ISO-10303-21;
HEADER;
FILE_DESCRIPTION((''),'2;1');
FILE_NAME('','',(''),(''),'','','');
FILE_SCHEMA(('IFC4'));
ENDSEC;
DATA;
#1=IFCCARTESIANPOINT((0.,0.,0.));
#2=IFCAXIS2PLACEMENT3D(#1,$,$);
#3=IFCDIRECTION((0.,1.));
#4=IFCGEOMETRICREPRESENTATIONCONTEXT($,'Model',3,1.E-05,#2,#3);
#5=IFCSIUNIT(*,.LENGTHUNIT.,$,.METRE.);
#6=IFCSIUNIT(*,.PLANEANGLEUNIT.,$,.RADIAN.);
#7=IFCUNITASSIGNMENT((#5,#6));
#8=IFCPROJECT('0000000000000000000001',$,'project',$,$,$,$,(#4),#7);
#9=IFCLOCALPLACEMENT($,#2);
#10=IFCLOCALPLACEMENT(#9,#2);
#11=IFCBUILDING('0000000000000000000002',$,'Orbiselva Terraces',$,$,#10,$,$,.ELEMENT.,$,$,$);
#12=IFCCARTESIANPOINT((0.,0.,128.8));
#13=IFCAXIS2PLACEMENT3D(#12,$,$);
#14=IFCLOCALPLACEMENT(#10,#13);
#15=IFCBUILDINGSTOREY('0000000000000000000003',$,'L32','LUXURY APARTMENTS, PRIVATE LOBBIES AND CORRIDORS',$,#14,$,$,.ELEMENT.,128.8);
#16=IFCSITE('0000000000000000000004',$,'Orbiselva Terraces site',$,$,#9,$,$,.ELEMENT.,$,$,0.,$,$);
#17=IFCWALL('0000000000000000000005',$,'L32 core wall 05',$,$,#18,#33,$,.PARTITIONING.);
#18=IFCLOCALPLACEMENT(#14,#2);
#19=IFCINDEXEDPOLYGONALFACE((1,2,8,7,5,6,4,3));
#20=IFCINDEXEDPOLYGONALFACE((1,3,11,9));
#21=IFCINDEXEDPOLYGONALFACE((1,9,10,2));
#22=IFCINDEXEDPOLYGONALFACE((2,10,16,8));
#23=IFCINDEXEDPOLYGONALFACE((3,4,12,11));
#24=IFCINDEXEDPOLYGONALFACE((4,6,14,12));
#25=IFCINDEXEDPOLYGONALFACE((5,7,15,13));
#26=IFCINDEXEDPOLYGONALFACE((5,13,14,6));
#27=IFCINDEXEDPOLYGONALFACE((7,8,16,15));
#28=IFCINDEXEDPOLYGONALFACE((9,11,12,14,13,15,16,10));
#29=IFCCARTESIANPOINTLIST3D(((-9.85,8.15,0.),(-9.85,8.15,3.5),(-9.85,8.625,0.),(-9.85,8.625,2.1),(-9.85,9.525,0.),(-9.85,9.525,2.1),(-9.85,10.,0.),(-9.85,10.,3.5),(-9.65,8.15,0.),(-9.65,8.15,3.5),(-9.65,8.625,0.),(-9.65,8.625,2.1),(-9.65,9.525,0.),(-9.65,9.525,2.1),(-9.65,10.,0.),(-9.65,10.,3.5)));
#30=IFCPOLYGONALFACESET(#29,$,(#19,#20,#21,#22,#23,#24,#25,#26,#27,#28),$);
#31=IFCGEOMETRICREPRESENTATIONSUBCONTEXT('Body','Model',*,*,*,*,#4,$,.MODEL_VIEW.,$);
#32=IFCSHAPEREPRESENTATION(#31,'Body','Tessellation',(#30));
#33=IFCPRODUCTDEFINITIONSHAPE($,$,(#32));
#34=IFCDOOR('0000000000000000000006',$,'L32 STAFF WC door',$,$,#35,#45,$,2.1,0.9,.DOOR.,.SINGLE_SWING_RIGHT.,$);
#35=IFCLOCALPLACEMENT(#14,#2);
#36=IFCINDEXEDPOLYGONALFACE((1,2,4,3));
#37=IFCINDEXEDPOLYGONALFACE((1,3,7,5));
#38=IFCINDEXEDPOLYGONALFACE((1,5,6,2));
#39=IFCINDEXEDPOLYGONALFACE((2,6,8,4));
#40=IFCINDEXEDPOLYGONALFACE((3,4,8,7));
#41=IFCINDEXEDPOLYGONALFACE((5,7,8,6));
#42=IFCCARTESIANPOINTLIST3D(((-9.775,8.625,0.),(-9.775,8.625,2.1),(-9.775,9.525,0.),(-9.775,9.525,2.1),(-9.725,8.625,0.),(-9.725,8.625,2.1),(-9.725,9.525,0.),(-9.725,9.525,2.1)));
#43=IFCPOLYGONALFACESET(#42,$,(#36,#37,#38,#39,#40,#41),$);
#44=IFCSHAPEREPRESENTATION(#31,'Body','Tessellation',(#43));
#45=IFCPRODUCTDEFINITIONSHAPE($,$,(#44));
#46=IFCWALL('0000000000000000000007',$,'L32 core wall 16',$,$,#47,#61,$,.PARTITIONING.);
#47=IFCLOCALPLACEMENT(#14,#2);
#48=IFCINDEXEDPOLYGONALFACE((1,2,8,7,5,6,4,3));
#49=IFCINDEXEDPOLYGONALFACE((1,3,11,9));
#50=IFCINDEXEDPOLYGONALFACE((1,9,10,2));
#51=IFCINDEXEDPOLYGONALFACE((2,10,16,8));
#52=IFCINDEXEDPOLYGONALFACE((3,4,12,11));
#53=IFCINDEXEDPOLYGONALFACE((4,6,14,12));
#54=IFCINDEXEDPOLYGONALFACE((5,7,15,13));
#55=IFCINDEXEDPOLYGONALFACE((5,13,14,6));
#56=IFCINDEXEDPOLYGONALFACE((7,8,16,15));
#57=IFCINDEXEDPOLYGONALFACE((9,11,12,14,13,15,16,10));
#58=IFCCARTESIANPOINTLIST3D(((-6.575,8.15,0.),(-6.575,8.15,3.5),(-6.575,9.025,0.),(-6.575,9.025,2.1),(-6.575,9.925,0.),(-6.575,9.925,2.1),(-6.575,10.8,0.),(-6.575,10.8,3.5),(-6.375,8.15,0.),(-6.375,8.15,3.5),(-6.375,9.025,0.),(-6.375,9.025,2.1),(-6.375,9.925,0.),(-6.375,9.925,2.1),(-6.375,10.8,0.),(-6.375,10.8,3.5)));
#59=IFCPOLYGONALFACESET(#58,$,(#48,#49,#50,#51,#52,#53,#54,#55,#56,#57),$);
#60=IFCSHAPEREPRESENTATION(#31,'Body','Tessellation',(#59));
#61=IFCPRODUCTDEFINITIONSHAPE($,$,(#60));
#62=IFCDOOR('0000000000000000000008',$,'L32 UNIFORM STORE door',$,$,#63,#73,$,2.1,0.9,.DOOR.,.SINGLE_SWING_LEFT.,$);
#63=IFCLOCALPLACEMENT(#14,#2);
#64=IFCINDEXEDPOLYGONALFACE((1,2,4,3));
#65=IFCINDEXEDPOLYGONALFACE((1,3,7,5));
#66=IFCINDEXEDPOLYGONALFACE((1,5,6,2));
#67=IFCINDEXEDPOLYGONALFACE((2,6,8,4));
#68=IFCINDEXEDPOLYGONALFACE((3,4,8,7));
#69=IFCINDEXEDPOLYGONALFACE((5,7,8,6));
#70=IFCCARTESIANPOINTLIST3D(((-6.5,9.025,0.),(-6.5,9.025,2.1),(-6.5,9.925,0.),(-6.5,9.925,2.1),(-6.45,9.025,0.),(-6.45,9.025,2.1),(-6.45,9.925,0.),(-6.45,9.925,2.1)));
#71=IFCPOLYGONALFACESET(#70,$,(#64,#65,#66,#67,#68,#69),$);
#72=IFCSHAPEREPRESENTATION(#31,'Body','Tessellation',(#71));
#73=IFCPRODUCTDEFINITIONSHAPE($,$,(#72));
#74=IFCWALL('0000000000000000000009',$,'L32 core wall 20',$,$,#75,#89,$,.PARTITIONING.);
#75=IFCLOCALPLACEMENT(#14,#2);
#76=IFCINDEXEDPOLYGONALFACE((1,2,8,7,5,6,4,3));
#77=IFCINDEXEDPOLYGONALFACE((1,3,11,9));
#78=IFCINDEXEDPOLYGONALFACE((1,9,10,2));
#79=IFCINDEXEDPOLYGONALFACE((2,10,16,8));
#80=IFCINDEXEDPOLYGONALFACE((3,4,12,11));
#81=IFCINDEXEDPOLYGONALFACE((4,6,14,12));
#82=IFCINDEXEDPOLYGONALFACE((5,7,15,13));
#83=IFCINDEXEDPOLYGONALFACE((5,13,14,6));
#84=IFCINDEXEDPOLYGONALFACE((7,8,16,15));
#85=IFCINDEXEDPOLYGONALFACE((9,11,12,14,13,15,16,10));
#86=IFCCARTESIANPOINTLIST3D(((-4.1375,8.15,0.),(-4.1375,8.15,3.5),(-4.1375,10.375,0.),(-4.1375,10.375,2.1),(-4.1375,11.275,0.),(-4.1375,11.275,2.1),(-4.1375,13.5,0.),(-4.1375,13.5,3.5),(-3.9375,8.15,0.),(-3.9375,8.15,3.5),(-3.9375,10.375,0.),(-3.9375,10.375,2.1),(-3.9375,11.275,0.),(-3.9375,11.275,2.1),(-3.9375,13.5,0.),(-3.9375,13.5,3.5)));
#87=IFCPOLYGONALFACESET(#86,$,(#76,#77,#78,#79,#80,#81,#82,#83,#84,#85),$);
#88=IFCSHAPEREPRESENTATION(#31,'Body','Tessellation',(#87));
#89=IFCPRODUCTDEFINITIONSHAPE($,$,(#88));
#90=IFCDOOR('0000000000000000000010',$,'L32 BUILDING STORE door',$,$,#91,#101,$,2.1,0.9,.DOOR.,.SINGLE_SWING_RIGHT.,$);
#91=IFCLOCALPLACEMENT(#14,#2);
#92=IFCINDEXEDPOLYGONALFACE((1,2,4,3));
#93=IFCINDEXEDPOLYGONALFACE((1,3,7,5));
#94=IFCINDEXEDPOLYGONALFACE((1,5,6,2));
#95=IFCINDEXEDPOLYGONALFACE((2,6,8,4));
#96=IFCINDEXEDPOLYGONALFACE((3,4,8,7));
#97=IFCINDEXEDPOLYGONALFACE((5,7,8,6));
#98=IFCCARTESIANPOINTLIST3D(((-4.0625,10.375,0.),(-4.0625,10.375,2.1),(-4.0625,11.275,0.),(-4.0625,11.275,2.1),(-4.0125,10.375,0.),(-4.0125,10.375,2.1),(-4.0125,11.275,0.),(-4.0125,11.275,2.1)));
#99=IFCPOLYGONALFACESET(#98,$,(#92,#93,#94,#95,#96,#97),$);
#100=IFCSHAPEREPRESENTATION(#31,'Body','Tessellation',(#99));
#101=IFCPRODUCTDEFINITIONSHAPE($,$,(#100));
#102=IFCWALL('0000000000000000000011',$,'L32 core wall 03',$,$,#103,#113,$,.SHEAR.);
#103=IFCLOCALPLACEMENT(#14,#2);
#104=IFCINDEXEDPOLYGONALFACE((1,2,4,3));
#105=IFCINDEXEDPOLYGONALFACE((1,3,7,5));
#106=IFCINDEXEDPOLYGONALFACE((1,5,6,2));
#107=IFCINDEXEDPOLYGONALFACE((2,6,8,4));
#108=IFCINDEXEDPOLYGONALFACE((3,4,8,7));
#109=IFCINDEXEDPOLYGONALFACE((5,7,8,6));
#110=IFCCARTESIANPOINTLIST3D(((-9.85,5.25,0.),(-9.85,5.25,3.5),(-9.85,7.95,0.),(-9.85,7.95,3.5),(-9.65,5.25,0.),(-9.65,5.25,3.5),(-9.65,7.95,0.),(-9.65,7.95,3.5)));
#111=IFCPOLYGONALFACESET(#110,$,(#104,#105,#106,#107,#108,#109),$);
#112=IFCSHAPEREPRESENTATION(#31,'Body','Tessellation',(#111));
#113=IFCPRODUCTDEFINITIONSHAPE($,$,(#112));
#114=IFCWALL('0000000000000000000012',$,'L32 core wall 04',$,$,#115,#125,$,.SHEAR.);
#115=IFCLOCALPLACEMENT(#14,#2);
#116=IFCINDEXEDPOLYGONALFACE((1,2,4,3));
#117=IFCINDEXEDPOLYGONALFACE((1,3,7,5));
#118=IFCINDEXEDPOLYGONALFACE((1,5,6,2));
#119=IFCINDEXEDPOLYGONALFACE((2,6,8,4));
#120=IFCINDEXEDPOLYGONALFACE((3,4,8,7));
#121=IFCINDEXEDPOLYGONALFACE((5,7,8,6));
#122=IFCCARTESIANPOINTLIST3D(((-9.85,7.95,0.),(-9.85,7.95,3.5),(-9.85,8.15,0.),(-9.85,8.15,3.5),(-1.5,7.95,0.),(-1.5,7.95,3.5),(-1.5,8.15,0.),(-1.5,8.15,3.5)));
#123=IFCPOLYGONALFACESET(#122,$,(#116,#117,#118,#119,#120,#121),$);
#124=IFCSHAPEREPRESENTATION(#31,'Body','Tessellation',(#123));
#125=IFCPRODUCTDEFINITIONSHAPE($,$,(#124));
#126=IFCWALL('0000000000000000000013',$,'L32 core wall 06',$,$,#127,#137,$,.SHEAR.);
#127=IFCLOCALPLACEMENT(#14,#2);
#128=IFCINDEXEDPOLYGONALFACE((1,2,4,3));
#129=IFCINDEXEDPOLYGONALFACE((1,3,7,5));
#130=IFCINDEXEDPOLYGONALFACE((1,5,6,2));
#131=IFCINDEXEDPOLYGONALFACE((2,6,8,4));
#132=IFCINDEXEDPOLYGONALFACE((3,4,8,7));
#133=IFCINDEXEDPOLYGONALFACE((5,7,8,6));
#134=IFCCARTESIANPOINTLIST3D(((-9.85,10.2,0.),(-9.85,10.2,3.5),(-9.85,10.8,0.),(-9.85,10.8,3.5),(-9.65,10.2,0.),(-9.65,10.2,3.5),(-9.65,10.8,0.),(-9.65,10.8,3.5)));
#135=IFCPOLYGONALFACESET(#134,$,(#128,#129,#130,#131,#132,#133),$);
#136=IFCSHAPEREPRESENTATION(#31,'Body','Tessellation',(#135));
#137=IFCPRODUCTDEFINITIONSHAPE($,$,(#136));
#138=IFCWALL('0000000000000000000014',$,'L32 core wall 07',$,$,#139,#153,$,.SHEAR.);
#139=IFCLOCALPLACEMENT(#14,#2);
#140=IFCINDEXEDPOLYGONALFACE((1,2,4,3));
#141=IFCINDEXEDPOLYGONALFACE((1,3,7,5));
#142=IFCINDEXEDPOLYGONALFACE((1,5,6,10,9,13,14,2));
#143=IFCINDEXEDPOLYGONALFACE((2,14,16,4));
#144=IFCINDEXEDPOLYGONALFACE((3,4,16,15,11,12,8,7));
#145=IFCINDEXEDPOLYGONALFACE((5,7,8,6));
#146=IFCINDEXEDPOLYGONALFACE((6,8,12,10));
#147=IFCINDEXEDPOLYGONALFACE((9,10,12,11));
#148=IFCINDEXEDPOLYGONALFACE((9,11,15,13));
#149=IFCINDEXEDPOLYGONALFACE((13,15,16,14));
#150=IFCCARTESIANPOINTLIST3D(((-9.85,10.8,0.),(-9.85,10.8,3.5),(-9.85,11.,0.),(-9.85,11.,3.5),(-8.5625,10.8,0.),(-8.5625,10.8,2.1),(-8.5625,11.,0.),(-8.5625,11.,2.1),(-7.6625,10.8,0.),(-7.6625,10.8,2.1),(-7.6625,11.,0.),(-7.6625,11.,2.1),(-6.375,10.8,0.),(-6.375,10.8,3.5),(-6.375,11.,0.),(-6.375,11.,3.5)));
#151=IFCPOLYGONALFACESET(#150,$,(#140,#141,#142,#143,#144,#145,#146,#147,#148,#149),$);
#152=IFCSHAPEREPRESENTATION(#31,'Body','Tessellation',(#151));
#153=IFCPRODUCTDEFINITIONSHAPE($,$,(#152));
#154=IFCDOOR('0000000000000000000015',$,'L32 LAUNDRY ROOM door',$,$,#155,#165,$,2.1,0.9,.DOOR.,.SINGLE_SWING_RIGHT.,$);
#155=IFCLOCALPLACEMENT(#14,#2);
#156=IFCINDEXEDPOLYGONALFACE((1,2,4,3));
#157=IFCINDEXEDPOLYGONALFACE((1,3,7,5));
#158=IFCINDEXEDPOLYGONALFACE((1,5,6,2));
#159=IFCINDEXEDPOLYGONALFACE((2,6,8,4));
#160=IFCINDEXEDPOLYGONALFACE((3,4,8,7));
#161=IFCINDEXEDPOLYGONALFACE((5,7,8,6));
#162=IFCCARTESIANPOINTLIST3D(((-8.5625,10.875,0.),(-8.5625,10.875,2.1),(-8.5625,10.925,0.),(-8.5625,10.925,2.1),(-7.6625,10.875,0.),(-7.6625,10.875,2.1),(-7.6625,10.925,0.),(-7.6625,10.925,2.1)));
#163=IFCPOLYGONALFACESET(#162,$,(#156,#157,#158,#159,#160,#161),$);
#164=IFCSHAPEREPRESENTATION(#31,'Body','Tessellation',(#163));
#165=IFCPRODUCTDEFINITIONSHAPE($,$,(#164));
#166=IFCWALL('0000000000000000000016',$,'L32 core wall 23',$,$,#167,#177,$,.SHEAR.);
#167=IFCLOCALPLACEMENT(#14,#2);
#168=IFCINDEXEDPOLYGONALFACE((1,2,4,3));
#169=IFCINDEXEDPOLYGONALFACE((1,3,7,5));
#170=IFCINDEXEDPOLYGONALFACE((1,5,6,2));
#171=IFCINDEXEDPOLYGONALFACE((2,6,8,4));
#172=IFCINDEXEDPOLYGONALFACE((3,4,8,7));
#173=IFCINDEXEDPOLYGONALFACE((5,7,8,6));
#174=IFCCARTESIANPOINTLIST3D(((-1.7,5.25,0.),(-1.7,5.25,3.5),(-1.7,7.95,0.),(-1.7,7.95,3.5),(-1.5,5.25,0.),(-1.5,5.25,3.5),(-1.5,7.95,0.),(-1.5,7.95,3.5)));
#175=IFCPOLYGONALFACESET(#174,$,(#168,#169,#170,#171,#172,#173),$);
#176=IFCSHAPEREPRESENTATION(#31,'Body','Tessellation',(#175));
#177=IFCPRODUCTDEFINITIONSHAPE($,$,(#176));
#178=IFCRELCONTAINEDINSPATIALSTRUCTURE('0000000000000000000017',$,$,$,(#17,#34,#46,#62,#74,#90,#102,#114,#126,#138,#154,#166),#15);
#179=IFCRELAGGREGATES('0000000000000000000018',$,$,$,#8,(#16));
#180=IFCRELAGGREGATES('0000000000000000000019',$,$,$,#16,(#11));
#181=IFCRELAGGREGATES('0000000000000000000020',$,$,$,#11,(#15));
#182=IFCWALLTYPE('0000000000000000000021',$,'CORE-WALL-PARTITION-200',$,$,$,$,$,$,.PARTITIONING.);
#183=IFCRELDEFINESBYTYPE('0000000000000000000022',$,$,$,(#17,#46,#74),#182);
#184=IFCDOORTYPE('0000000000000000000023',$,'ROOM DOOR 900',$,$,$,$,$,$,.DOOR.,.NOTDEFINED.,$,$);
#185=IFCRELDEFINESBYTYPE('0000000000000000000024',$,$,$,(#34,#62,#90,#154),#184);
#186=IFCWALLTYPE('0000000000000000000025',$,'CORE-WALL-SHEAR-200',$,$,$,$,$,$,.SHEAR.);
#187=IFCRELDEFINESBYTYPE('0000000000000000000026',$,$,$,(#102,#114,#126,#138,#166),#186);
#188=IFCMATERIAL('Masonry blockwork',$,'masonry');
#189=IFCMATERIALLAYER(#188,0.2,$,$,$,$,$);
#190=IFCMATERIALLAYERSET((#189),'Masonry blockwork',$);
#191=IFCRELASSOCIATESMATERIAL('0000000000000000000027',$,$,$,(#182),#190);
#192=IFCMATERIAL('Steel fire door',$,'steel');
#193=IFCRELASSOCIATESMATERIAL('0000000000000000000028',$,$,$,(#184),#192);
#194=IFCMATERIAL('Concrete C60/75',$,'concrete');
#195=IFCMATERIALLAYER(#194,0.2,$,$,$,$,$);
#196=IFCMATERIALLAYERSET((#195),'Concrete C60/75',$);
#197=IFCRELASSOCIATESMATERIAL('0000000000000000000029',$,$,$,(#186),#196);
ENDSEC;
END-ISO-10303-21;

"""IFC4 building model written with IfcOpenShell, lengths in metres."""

from ifc_helpers import new_model, si_unit, direction, frame, frame_2d, origin, place, context, subcontext, project, spatial, rectangle, extrude, material, layer, layer_set, type_object, element, fill, save


model = new_model("IFC4")

# Units and contexts
model_context = context("Model", 3, precision=1e-05, world=origin(), true_north=direction((0.0, 1.0)))
body_context = subcontext(model_context, "Body", "Model", "MODEL_VIEW")
ifc_project = project(units=[si_unit("LENGTHUNIT", "METRE"), si_unit("PLANEANGLEUNIT", "RADIAN")], contexts=[model_context])

# Site, building, storey
site_placement = place(None, origin())
site = spatial("IfcSite", under=ifc_project, at=site_placement, Name="Orbiselva Terraces site", CompositionType="ELEMENT", RefElevation=0.0)
building_placement = place(site_placement, origin())
building = spatial("IfcBuilding", under=site, at=building_placement, Name="Orbiselva Terraces", CompositionType="ELEMENT")
storey_placement = place(building_placement, frame((0.0, 0.0, 128.8)))
storey = spatial("IfcBuildingStorey", under=building, at=storey_placement, Name="L32", Description="LUXURY APARTMENTS, PRIVATE LOBBIES AND CORRIDORS", CompositionType="ELEMENT", Elevation=128.8)

# Walls, openings, doors
ifc_material_1 = material(Name="Masonry blockwork", Category="masonry")
ifc_layer_1 = layer(ifc_material_1, 0.2)
ifc_layer_set_1 = layer_set([ifc_layer_1], Name="Masonry blockwork")
wall_type_1 = type_object("IfcWallType", Name="CORE-WALL-PARTITION-200", PredefinedType="PARTITIONING", material=ifc_layer_set_1)
wall_1_placement = place(storey_placement, frame((-9.75, 8.15, 0.0), z_axis=(0.0, 0.0, 1.0), x_axis=(0.0, 1.0, 0.0)))
wall_1 = element("IfcWall", 1, at=wall_1_placement, inside=storey, type_object=wall_type_1, Name="L32 core wall 05", PredefinedType="PARTITIONING", context=body_context, shape_type="SweptSolid", body=[
    extrude(rectangle(XDim=1.85, YDim=0.2, at=frame_2d((0.925, 0.0))), origin(), (0.0, 0.0, 1.0), 3.5),
])
opening_1_placement = place(wall_1_placement, frame((0.475, 0.0, 0.0)))
opening_1 = element("IfcOpeningElement", 2, at=opening_1_placement, cuts=wall_1, PredefinedType="OPENING", context=body_context, shape_type="SweptSolid", body=[
    extrude(rectangle(XDim=0.9, YDim=2.1, at=frame_2d((0.45, 1.05))), frame((0.0, 0.11, 0.0), z_axis=(0.0, -1.0, 0.0), x_axis=(1.0, 0.0, 0.0)), (0.0, 0.0, 1.0), 0.22),
])
ifc_material_2 = material(Name="Steel fire door", Category="steel")
door_type = type_object("IfcDoorType", Name="ROOM DOOR 900", OperationType="NOTDEFINED", PredefinedType="DOOR", material=ifc_material_2)
door_1_placement = place(opening_1_placement, origin())
door_1 = element("IfcDoor", 3, at=door_1_placement, inside=storey, type_object=door_type, Name="L32 STAFF WC door", OperationType="SINGLE_SWING_RIGHT", OverallHeight=2.1, OverallWidth=0.9, PredefinedType="DOOR", context=body_context, shape_type="SweptSolid", body=[
    extrude(rectangle(XDim=0.9, YDim=2.1, at=frame_2d((0.45, 1.05))), frame((0.0, 0.025, 0.0), z_axis=(0.0, -1.0, 0.0), x_axis=(1.0, 0.0, 0.0)), (0.0, 0.0, 1.0), 0.05),
])
fill(opening_1, door_1)
wall_2_placement = place(storey_placement, frame((-6.475, 8.15, 0.0), z_axis=(0.0, 0.0, 1.0), x_axis=(0.0, 1.0, 0.0)))
wall_2 = element("IfcWall", 4, at=wall_2_placement, inside=storey, type_object=wall_type_1, Name="L32 core wall 16", PredefinedType="PARTITIONING", context=body_context, shape_type="SweptSolid", body=[
    extrude(rectangle(XDim=2.65, YDim=0.2, at=frame_2d((1.325, 0.0))), origin(), (0.0, 0.0, 1.0), 3.5),
])
opening_2_placement = place(wall_2_placement, frame((0.875, 0.0, 0.0)))
opening_2 = element("IfcOpeningElement", 5, at=opening_2_placement, cuts=wall_2, PredefinedType="OPENING", context=body_context, shape_type="SweptSolid", body=[
    extrude(rectangle(XDim=0.9, YDim=2.1, at=frame_2d((0.45, 1.05))), frame((0.0, 0.11, 0.0), z_axis=(0.0, -1.0, 0.0), x_axis=(1.0, 0.0, 0.0)), (0.0, 0.0, 1.0), 0.22),
])
door_2_placement = place(opening_2_placement, origin())
door_2 = element("IfcDoor", 6, at=door_2_placement, inside=storey, type_object=door_type, Name="L32 UNIFORM STORE door", OperationType="SINGLE_SWING_LEFT", OverallHeight=2.1, OverallWidth=0.9, PredefinedType="DOOR", context=body_context, shape_type="SweptSolid", body=[
    extrude(rectangle(XDim=0.9, YDim=2.1, at=frame_2d((0.45, 1.05))), frame((0.0, 0.025, 0.0), z_axis=(0.0, -1.0, 0.0), x_axis=(1.0, 0.0, 0.0)), (0.0, 0.0, 1.0), 0.05),
])
fill(opening_2, door_2)
wall_3_placement = place(storey_placement, frame((-4.0375, 8.15, 0.0), z_axis=(0.0, 0.0, 1.0), x_axis=(0.0, 1.0, 0.0)))
wall_3 = element("IfcWall", 7, at=wall_3_placement, inside=storey, type_object=wall_type_1, Name="L32 core wall 20", PredefinedType="PARTITIONING", context=body_context, shape_type="SweptSolid", body=[
    extrude(rectangle(XDim=5.35, YDim=0.2, at=frame_2d((2.675, 0.0))), origin(), (0.0, 0.0, 1.0), 3.5),
])
opening_3_placement = place(wall_3_placement, frame((2.225, 0.0, 0.0)))
opening_3 = element("IfcOpeningElement", 8, at=opening_3_placement, cuts=wall_3, PredefinedType="OPENING", context=body_context, shape_type="SweptSolid", body=[
    extrude(rectangle(XDim=0.9, YDim=2.1, at=frame_2d((0.45, 1.05))), frame((0.0, 0.11, 0.0), z_axis=(0.0, -1.0, 0.0), x_axis=(1.0, 0.0, 0.0)), (0.0, 0.0, 1.0), 0.22),
])
door_3_placement = place(opening_3_placement, origin())
door_3 = element("IfcDoor", 9, at=door_3_placement, inside=storey, type_object=door_type, Name="L32 BUILDING STORE door", OperationType="SINGLE_SWING_RIGHT", OverallHeight=2.1, OverallWidth=0.9, PredefinedType="DOOR", context=body_context, shape_type="SweptSolid", body=[
    extrude(rectangle(XDim=0.9, YDim=2.1, at=frame_2d((0.45, 1.05))), frame((0.0, 0.025, 0.0), z_axis=(0.0, -1.0, 0.0), x_axis=(1.0, 0.0, 0.0)), (0.0, 0.0, 1.0), 0.05),
])
fill(opening_3, door_3)

# Walls
ifc_material_3 = material(Name="Concrete C60/75", Category="concrete")
ifc_layer_2 = layer(ifc_material_3, 0.2)
ifc_layer_set_2 = layer_set([ifc_layer_2], Name="Concrete C60/75")
wall_type_2 = type_object("IfcWallType", Name="CORE-WALL-SHEAR-200", PredefinedType="SHEAR", material=ifc_layer_set_2)
wall_4_placement = place(storey_placement, frame((-9.75, 5.25, 0.0), z_axis=(0.0, 0.0, 1.0), x_axis=(0.0, 1.0, 0.0)))
element("IfcWall", 10, at=wall_4_placement, inside=storey, type_object=wall_type_2, Name="L32 core wall 03", PredefinedType="SHEAR", context=body_context, shape_type="SweptSolid", body=[
    extrude(rectangle(XDim=2.7, YDim=0.2, at=frame_2d((1.35, 0.0))), origin(), (0.0, 0.0, 1.0), 3.5),
])
wall_5_placement = place(storey_placement, frame((-9.85, 8.05, 0.0), z_axis=(0.0, 0.0, 1.0), x_axis=(1.0, 0.0, 0.0)))
element("IfcWall", 11, at=wall_5_placement, inside=storey, type_object=wall_type_2, Name="L32 core wall 04", PredefinedType="SHEAR", context=body_context, shape_type="SweptSolid", body=[
    extrude(rectangle(XDim=8.35, YDim=0.2, at=frame_2d((4.175, 0.0))), origin(), (0.0, 0.0, 1.0), 3.5),
])
wall_6_placement = place(storey_placement, frame((-9.75, 10.2, 0.0), z_axis=(0.0, 0.0, 1.0), x_axis=(0.0, 1.0, 0.0)))
element("IfcWall", 12, at=wall_6_placement, inside=storey, type_object=wall_type_2, Name="L32 core wall 06", PredefinedType="SHEAR", context=body_context, shape_type="SweptSolid", body=[
    extrude(rectangle(XDim=0.6, YDim=0.2, at=frame_2d((0.3, 0.0))), origin(), (0.0, 0.0, 1.0), 3.5),
])

# Wall, opening, door
wall_7_placement = place(storey_placement, frame((-9.85, 10.9, 0.0), z_axis=(0.0, 0.0, 1.0), x_axis=(1.0, 0.0, 0.0)))
wall_7 = element("IfcWall", 13, at=wall_7_placement, inside=storey, type_object=wall_type_2, Name="L32 core wall 07", PredefinedType="SHEAR", context=body_context, shape_type="SweptSolid", body=[
    extrude(rectangle(XDim=3.475, YDim=0.2, at=frame_2d((1.7375, 0.0))), origin(), (0.0, 0.0, 1.0), 3.5),
])
opening_4_placement = place(wall_7_placement, frame((1.2875, 0.0, 0.0)))
opening_4 = element("IfcOpeningElement", 14, at=opening_4_placement, cuts=wall_7, PredefinedType="OPENING", context=body_context, shape_type="SweptSolid", body=[
    extrude(rectangle(XDim=0.9, YDim=2.1, at=frame_2d((0.45, 1.05))), frame((0.0, 0.11, 0.0), z_axis=(0.0, -1.0, 0.0), x_axis=(1.0, 0.0, 0.0)), (0.0, 0.0, 1.0), 0.22),
])
door_4_placement = place(opening_4_placement, origin())
door_4 = element("IfcDoor", 15, at=door_4_placement, inside=storey, type_object=door_type, Name="L32 LAUNDRY ROOM door", OperationType="SINGLE_SWING_RIGHT", OverallHeight=2.1, OverallWidth=0.9, PredefinedType="DOOR", context=body_context, shape_type="SweptSolid", body=[
    extrude(rectangle(XDim=0.9, YDim=2.1, at=frame_2d((0.45, 1.05))), frame((0.0, 0.025, 0.0), z_axis=(0.0, -1.0, 0.0), x_axis=(1.0, 0.0, 0.0)), (0.0, 0.0, 1.0), 0.05),
])
fill(opening_4, door_4)

# Wall
wall_8_placement = place(storey_placement, frame((-1.6, 5.25, 0.0), z_axis=(0.0, 0.0, 1.0), x_axis=(0.0, 1.0, 0.0)))
element("IfcWall", 16, at=wall_8_placement, inside=storey, type_object=wall_type_2, Name="L32 core wall 23", PredefinedType="SHEAR", context=body_context, shape_type="SweptSolid", body=[
    extrude(rectangle(XDim=2.7, YDim=0.2, at=frame_2d((1.35, 0.0))), origin(), (0.0, 0.0, 1.0), 3.5),
])

save(model, "model.ifc")
